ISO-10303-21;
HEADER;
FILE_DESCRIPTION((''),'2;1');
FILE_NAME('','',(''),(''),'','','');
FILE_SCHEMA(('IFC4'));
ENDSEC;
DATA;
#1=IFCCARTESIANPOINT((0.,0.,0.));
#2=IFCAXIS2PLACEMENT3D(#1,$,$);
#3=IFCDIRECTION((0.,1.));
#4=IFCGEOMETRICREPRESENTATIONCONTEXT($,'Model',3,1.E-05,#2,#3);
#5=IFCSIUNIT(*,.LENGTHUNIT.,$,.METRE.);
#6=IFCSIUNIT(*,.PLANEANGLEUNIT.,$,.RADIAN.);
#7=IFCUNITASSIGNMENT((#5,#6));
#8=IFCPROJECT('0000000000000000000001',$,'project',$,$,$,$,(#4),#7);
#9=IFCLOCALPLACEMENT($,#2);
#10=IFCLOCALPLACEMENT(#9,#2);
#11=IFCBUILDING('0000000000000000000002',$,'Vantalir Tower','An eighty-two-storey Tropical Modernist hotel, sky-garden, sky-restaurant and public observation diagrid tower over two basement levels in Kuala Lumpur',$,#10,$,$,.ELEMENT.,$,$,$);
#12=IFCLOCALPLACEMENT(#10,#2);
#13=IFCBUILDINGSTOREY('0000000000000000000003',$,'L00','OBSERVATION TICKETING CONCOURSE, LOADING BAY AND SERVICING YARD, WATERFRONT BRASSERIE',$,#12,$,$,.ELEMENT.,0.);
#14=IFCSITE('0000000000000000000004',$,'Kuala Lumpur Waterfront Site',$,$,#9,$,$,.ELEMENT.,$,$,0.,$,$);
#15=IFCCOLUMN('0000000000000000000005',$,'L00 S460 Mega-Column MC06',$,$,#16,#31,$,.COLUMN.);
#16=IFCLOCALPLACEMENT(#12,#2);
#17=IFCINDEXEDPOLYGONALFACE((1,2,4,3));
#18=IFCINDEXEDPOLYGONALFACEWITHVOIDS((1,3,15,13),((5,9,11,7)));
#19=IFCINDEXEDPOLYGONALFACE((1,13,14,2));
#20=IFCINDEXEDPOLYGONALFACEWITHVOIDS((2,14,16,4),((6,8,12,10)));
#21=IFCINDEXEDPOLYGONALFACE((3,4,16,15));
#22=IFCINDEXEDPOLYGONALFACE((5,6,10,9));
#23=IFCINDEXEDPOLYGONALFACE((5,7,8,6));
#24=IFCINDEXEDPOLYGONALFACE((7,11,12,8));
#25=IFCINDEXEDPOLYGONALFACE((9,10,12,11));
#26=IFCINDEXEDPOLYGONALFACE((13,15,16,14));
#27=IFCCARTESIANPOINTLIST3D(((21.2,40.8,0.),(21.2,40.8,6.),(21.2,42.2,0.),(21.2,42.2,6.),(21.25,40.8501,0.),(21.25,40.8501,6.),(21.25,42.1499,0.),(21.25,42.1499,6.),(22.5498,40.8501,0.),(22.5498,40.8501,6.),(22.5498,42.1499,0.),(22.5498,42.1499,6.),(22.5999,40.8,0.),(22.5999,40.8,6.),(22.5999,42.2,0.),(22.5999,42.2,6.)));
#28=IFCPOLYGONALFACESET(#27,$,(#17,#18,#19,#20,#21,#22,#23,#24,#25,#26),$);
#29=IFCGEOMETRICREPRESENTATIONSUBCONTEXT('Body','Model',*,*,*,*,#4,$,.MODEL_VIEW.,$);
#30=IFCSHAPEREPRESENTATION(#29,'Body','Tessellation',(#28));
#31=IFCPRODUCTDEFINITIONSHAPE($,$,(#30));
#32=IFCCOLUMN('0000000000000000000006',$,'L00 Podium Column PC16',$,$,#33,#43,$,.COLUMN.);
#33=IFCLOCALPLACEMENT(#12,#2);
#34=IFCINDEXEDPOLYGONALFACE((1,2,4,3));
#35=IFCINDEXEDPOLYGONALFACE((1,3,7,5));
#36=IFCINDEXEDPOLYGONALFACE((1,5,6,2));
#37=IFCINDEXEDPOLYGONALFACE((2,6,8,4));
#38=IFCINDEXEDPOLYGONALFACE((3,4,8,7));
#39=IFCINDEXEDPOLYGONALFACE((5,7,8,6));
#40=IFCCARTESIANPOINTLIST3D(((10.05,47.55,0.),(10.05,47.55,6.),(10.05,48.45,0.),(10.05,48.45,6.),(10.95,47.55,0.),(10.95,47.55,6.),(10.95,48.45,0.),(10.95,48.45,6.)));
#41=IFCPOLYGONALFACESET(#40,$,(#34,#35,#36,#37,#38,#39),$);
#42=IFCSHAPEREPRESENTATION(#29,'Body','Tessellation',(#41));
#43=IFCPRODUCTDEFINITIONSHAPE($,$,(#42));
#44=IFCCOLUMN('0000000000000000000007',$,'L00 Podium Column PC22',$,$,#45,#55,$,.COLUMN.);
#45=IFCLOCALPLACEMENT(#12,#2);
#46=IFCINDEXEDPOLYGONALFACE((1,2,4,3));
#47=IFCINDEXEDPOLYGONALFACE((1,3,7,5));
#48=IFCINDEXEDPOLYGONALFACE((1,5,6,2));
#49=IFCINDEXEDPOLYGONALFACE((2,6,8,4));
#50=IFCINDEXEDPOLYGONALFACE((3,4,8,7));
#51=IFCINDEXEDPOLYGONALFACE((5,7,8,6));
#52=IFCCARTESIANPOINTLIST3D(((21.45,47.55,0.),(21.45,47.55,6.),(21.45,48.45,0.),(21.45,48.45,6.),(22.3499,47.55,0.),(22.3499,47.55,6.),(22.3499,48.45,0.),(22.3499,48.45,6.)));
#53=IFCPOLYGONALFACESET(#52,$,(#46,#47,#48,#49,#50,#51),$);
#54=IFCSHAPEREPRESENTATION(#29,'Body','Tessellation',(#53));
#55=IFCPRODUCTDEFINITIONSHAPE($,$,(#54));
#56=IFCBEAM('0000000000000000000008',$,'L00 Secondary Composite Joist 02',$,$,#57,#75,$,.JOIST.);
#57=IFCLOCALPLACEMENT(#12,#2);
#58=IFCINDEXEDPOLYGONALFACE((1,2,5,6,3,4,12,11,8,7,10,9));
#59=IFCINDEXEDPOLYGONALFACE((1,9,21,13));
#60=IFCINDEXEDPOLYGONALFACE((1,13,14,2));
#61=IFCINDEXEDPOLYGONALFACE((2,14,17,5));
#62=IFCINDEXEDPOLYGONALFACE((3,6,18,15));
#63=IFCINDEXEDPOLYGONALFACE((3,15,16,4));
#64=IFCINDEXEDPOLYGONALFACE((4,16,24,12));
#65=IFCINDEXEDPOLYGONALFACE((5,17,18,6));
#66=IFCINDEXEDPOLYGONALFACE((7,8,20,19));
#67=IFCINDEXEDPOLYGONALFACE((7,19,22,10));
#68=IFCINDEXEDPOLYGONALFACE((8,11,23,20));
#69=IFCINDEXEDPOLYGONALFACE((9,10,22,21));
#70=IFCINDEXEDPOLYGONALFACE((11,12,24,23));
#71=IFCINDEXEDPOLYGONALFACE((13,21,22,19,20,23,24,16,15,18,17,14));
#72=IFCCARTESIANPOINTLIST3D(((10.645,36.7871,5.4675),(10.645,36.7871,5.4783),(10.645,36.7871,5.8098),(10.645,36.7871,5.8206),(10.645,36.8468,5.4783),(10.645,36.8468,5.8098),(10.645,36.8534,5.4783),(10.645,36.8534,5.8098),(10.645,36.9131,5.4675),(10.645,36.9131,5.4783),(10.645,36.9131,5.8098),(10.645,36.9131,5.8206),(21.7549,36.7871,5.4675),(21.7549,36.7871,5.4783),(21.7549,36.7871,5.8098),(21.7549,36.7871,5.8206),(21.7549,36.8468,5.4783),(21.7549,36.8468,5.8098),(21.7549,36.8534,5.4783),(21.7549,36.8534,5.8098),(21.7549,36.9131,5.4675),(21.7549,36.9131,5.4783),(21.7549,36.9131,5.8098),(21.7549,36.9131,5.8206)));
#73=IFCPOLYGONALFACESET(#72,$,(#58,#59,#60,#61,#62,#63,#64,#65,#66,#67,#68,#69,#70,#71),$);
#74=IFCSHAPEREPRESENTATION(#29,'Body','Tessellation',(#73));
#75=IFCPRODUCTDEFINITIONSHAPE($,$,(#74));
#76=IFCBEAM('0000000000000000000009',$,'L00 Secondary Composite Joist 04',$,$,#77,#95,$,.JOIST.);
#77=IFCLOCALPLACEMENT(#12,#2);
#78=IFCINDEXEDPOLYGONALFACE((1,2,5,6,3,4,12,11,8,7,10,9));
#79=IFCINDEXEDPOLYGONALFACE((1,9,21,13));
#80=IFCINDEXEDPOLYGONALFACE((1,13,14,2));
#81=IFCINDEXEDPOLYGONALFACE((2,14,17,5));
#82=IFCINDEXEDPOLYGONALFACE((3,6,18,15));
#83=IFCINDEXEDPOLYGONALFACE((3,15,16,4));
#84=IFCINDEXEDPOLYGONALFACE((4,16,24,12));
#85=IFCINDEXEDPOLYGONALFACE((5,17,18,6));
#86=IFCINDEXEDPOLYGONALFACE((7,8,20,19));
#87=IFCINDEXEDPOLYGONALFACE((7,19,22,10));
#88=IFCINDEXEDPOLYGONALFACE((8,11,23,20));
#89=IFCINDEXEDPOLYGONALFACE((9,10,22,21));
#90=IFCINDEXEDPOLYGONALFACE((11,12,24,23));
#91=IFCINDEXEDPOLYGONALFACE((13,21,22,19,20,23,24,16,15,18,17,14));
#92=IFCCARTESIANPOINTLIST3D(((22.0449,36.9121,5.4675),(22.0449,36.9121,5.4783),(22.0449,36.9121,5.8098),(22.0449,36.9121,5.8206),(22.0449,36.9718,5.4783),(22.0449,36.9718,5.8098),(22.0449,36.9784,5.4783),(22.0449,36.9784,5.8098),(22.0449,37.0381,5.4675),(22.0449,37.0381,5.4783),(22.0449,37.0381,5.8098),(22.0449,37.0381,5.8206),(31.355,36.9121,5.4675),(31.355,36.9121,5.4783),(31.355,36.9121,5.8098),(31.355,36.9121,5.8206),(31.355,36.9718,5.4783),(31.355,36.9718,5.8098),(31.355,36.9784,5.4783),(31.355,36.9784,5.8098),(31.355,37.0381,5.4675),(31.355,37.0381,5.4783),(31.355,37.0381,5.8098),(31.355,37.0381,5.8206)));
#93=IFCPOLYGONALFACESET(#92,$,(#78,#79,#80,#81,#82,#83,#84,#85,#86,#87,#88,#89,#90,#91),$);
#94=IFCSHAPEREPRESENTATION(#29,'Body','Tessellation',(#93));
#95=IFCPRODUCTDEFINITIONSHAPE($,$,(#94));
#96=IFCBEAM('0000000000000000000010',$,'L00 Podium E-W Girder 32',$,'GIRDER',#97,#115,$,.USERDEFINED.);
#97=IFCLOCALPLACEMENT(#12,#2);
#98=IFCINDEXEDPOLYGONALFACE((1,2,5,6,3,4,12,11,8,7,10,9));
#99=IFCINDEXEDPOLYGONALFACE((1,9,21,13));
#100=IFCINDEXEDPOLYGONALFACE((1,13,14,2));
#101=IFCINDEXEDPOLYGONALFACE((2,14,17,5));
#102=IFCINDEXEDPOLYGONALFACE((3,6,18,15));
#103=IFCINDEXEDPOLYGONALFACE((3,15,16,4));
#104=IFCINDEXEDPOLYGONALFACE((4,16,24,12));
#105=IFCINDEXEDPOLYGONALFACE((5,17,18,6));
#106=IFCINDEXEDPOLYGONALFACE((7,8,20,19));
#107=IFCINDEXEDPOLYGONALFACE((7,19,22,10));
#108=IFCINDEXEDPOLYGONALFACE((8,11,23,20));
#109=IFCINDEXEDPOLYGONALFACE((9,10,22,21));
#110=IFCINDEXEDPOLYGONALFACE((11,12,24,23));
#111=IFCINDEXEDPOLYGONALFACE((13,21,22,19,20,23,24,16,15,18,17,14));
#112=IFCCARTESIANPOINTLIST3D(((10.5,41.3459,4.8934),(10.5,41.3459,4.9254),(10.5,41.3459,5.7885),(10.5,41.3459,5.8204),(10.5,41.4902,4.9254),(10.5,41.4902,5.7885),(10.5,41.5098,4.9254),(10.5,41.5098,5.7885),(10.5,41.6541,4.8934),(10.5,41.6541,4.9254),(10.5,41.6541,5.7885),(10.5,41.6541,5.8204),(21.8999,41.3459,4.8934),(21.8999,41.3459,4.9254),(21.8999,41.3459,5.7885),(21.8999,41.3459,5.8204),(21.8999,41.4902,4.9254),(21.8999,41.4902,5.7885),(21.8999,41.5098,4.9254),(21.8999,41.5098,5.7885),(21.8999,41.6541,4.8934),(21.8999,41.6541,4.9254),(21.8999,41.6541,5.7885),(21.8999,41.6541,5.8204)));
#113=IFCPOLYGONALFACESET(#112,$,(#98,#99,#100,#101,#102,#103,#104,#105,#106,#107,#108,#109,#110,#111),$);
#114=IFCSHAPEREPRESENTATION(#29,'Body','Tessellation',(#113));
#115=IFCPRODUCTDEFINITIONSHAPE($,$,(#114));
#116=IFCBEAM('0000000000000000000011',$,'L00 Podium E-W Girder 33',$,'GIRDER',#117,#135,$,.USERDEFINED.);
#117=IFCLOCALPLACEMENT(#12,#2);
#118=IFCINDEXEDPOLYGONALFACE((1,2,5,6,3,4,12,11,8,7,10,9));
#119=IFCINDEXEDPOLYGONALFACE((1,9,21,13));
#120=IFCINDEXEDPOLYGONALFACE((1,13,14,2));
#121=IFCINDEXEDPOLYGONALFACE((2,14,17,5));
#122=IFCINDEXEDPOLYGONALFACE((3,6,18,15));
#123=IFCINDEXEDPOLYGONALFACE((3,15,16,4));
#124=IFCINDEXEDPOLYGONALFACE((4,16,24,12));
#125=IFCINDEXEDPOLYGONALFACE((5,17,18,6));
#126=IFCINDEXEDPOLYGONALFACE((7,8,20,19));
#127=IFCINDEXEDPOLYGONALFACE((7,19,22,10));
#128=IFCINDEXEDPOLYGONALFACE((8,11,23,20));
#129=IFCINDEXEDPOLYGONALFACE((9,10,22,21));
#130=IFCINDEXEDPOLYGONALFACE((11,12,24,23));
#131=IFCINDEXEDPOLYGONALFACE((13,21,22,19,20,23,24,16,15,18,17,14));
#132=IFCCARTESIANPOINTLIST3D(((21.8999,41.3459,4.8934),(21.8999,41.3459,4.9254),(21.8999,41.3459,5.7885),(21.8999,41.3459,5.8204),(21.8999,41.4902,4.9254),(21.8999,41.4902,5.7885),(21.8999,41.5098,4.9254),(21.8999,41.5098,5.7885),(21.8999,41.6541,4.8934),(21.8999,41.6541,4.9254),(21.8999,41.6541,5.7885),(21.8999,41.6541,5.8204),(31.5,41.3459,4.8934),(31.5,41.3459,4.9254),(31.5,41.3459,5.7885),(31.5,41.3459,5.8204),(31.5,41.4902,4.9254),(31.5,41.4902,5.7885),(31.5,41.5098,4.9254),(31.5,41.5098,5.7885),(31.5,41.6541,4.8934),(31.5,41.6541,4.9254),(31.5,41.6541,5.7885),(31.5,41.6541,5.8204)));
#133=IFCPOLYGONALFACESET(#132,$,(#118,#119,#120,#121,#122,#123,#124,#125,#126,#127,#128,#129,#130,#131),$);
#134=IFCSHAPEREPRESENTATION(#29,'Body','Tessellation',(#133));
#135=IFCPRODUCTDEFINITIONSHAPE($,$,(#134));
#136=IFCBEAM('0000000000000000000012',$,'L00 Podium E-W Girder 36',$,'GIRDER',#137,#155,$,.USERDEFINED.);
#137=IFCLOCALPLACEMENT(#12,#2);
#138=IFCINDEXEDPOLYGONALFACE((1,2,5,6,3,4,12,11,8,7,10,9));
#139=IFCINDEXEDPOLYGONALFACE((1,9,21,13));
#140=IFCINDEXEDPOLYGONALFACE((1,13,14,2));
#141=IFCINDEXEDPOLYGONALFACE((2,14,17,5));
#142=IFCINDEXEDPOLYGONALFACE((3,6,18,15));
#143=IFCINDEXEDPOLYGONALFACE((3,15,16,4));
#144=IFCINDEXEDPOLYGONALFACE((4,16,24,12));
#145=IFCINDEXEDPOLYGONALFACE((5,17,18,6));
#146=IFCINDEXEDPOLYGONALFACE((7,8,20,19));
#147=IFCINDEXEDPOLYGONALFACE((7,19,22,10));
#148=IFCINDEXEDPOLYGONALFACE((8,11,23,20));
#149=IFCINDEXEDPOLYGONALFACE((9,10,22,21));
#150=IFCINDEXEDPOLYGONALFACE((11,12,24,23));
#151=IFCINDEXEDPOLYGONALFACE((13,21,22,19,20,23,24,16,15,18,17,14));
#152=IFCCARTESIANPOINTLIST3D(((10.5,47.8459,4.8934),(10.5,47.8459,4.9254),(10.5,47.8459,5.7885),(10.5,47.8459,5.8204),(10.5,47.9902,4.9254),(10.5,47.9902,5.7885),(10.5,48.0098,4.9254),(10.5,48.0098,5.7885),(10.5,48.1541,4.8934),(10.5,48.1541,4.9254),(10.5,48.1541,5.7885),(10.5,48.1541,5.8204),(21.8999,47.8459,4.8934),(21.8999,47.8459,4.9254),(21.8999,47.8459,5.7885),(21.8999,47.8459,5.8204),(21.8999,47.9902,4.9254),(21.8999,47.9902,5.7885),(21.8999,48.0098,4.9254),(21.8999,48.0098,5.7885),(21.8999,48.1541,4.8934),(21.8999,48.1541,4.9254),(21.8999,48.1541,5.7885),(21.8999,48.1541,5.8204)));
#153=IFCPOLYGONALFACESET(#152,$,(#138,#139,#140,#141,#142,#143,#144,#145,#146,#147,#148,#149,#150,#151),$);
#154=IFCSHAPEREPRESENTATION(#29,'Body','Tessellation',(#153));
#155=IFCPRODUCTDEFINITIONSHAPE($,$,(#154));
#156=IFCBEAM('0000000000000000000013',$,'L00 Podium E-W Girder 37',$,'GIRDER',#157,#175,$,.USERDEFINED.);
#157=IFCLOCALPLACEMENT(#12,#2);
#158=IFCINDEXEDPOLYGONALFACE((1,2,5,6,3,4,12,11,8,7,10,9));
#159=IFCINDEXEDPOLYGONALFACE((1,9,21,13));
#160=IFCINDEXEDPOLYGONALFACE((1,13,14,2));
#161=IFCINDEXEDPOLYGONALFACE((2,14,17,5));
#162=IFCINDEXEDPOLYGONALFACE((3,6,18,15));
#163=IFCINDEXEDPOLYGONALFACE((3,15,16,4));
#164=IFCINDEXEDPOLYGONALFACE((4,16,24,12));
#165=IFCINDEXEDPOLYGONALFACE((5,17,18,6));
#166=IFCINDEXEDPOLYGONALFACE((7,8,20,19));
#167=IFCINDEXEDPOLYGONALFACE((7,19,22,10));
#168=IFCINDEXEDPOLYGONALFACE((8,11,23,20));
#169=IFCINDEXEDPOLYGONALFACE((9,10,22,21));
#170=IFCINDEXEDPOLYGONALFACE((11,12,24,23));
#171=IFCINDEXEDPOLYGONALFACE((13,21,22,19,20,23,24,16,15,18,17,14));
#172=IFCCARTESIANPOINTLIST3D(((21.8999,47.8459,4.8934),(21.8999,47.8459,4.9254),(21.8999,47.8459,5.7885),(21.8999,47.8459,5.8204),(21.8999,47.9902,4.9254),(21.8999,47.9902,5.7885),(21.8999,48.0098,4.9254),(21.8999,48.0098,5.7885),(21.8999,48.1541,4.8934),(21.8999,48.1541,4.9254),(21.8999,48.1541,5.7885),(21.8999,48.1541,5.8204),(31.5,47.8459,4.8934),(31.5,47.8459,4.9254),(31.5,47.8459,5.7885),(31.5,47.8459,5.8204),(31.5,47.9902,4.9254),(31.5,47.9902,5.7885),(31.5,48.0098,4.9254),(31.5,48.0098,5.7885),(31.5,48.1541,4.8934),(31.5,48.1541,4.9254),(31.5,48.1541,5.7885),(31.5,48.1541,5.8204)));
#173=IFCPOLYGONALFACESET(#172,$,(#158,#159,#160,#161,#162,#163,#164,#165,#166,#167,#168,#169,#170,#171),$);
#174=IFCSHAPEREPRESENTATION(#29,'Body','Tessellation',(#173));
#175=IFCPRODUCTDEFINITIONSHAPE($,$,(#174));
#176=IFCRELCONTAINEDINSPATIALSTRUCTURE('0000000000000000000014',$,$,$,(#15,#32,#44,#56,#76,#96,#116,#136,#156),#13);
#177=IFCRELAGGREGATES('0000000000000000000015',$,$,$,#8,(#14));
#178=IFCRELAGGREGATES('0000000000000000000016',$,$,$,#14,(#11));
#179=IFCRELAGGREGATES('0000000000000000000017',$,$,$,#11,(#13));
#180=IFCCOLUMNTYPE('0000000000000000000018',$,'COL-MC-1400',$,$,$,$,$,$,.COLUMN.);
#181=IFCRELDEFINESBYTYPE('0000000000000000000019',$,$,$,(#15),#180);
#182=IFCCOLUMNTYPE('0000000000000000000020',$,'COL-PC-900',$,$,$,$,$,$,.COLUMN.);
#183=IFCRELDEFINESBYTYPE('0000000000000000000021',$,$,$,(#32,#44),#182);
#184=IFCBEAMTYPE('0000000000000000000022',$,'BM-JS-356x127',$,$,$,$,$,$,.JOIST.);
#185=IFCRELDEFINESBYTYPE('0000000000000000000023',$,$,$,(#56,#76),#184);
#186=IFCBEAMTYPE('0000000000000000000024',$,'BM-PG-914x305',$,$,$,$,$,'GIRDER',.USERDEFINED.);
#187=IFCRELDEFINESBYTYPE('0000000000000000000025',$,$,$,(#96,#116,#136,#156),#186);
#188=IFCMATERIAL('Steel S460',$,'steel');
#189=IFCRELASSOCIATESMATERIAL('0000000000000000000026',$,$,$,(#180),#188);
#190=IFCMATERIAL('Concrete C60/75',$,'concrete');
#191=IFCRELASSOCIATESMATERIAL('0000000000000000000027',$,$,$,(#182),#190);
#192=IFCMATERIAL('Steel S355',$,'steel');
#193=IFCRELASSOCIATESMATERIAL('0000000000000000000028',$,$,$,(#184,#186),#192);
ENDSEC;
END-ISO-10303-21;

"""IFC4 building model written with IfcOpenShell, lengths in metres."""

from ifc_helpers import new_model, si_unit, direction, frame, origin, origin_2d, place, context, subcontext, project, spatial, rectangle, hollow_rectangle, i_section, extrude, material, material_profile, profile_set, type_object, element, save


model = new_model("IFC4")

# Units and contexts
model_context = context("Model", 3, precision=1e-05, world=origin(), true_north=direction((0.0, 1.0)))
body_context = subcontext(model_context, "Body", "Model", "MODEL_VIEW")
ifc_project = project(units=[si_unit("LENGTHUNIT", "METRE"), si_unit("PLANEANGLEUNIT", "RADIAN")], contexts=[model_context])

# Site, building, storey
site_placement = place(None, origin())
site = spatial("IfcSite", under=ifc_project, at=site_placement, Name="Kuala Lumpur Waterfront Site", CompositionType="ELEMENT", RefElevation=0.0)
building_placement = place(site_placement, origin())
building = spatial("IfcBuilding", under=site, at=building_placement, Name="Vantalir Tower", Description="An eighty-two-storey Tropical Modernist hotel, sky-garden, sky-restaurant and public observation diagrid tower over two basement levels in Kuala Lumpur", CompositionType="ELEMENT")
storey_placement = place(building_placement, origin())
storey = spatial("IfcBuildingStorey", under=building, at=storey_placement, Name="L00", Description="OBSERVATION TICKETING CONCOURSE, LOADING BAY AND SERVICING YARD, WATERFRONT BRASSERIE", CompositionType="ELEMENT", Elevation=0.0)

# Columns
ifc_material_1 = material(Name="Steel S460", Category="steel")
ifc_material_profile_1 = material_profile(ifc_material_1, hollow_rectangle(XDim=1.3999, YDim=1.3999, WallThickness=0.05, at=origin_2d()), Name="Steel S460")
ifc_profile_set_1 = profile_set([ifc_material_profile_1], Name="Steel S460")
column_type_1 = type_object("IfcColumnType", Name="COL-MC-1400", PredefinedType="COLUMN", material=ifc_profile_set_1)
column_placement = place(storey_placement, frame((21.8999, 41.5, 0.0), z_axis=(0.0, 0.0, 1.0), x_axis=(1.0, 0.0, 0.0)))
element("IfcColumn", 1, at=column_placement, inside=storey, type_object=column_type_1, Name="L00 S460 Mega-Column MC06", PredefinedType="COLUMN", context=body_context, shape_type="SweptSolid", body=[
    extrude(hollow_rectangle(XDim=1.3999, YDim=1.3999, WallThickness=0.05, at=origin_2d()), origin(), (0.0, 0.0, 1.0), 6.0),
])
ifc_material_2 = material(Name="Concrete C60/75", Category="concrete")
ifc_material_profile_2 = material_profile(ifc_material_2, rectangle(XDim=0.8999, YDim=0.8999, at=origin_2d()), Name="Concrete C60/75")
ifc_profile_set_2 = profile_set([ifc_material_profile_2], Name="Concrete C60/75")
column_type_2 = type_object("IfcColumnType", Name="COL-PC-900", PredefinedType="COLUMN", material=ifc_profile_set_2)
for number, where, z_axis, x_axis, name in (
    (2, (10.5, 48.0, 0.0), (0.0, 0.0, 1.0), (1.0, 0.0, 0.0), "L00 Podium Column PC16"),
    (3, (21.8999, 48.0, 0.0), (0.0, 0.0, 1.0), (1.0, 0.0, 0.0), "L00 Podium Column PC22"),
):
    element("IfcColumn", number, at=place(storey_placement, frame(where, z_axis=z_axis, x_axis=x_axis)), inside=storey, type_object=column_type_2, Name=name, PredefinedType="COLUMN", context=body_context, shape_type="SweptSolid", body=[
        extrude(rectangle(XDim=0.8999, YDim=0.8999, at=origin_2d()), origin(), (0.0, 0.0, 1.0), 6.0),
    ])

# Beams
ifc_material_3 = material(Name="Steel S355", Category="steel")
ifc_material_profile_3 = material_profile(ifc_material_3, i_section(OverallWidth=0.126, OverallDepth=0.353, WebThickness=0.0066, FlangeThickness=0.0107, at=origin_2d()), Name="Steel S355")
ifc_profile_set_3 = profile_set([ifc_material_profile_3], Name="Steel S355")
beam_type_1 = type_object("IfcBeamType", Name="BM-JS-356x127", PredefinedType="JOIST", material=ifc_profile_set_3)
beam_1_placement = place(storey_placement, frame((10.645, 36.8501, 5.644), z_axis=(1.0, 0.0, 0.0), x_axis=(0.0, 1.0, 0.0)))
element("IfcBeam", 4, at=beam_1_placement, inside=storey, type_object=beam_type_1, Name="L00 Secondary Composite Joist 02", PredefinedType="JOIST", context=body_context, shape_type="SweptSolid", body=[
    extrude(i_section(OverallWidth=0.126, OverallDepth=0.353, WebThickness=0.0066, FlangeThickness=0.0107, at=origin_2d()), origin(), (0.0, 0.0, 1.0), 11.1099),
])
beam_2_placement = place(storey_placement, frame((22.0449, 36.9751, 5.644), z_axis=(1.0, 0.0, 0.0), x_axis=(0.0, 1.0, 0.0)))
element("IfcBeam", 5, at=beam_2_placement, inside=storey, type_object=beam_type_1, Name="L00 Secondary Composite Joist 04", PredefinedType="JOIST", context=body_context, shape_type="SweptSolid", body=[
    extrude(i_section(OverallWidth=0.126, OverallDepth=0.353, WebThickness=0.0066, FlangeThickness=0.0107, at=origin_2d()), origin(), (0.0, 0.0, 1.0), 9.3101),
])
ifc_material_profile_4 = material_profile(ifc_material_3, i_section(OverallWidth=0.3081, OverallDepth=0.927, WebThickness=0.0195, FlangeThickness=0.032, at=origin_2d()), Name="Steel S355")
ifc_profile_set_4 = profile_set([ifc_material_profile_4], Name="Steel S355")
beam_type_2 = type_object("IfcBeamType", Name="BM-PG-914x305", ElementType="GIRDER", PredefinedType="USERDEFINED", material=ifc_profile_set_4)
beam_3_placement = place(storey_placement, frame((10.5, 41.5, 5.3569), z_axis=(1.0, 0.0, 0.0), x_axis=(0.0, 1.0, 0.0)))
element("IfcBeam", 6, at=beam_3_placement, inside=storey, type_object=beam_type_2, Name="L00 Podium E-W Girder 32", ObjectType="GIRDER", PredefinedType="USERDEFINED", context=body_context, shape_type="SweptSolid", body=[
    extrude(i_section(OverallWidth=0.3081, OverallDepth=0.927, WebThickness=0.0195, FlangeThickness=0.032, at=origin_2d()), origin(), (0.0, 0.0, 1.0), 11.3999),
])
beam_4_placement = place(storey_placement, frame((21.8999, 41.5, 5.3569), z_axis=(1.0, 0.0, 0.0), x_axis=(0.0, 1.0, 0.0)))
element("IfcBeam", 7, at=beam_4_placement, inside=storey, type_object=beam_type_2, Name="L00 Podium E-W Girder 33", ObjectType="GIRDER", PredefinedType="USERDEFINED", context=body_context, shape_type="SweptSolid", body=[
    extrude(i_section(OverallWidth=0.3081, OverallDepth=0.927, WebThickness=0.0195, FlangeThickness=0.032, at=origin_2d()), origin(), (0.0, 0.0, 1.0), 9.6001),
])
beam_5_placement = place(storey_placement, frame((10.5, 48.0, 5.3569), z_axis=(1.0, 0.0, 0.0), x_axis=(0.0, 1.0, 0.0)))
element("IfcBeam", 8, at=beam_5_placement, inside=storey, type_object=beam_type_2, Name="L00 Podium E-W Girder 36", ObjectType="GIRDER", PredefinedType="USERDEFINED", context=body_context, shape_type="SweptSolid", body=[
    extrude(i_section(OverallWidth=0.3081, OverallDepth=0.927, WebThickness=0.0195, FlangeThickness=0.032, at=origin_2d()), origin(), (0.0, 0.0, 1.0), 11.3999),
])
beam_6_placement = place(storey_placement, frame((21.8999, 48.0, 5.3569), z_axis=(1.0, 0.0, 0.0), x_axis=(0.0, 1.0, 0.0)))
element("IfcBeam", 9, at=beam_6_placement, inside=storey, type_object=beam_type_2, Name="L00 Podium E-W Girder 37", ObjectType="GIRDER", PredefinedType="USERDEFINED", context=body_context, shape_type="SweptSolid", body=[
    extrude(i_section(OverallWidth=0.3081, OverallDepth=0.927, WebThickness=0.0195, FlangeThickness=0.032, at=origin_2d()), origin(), (0.0, 0.0, 1.0), 9.6001),
])

save(model, "model.ifc")
